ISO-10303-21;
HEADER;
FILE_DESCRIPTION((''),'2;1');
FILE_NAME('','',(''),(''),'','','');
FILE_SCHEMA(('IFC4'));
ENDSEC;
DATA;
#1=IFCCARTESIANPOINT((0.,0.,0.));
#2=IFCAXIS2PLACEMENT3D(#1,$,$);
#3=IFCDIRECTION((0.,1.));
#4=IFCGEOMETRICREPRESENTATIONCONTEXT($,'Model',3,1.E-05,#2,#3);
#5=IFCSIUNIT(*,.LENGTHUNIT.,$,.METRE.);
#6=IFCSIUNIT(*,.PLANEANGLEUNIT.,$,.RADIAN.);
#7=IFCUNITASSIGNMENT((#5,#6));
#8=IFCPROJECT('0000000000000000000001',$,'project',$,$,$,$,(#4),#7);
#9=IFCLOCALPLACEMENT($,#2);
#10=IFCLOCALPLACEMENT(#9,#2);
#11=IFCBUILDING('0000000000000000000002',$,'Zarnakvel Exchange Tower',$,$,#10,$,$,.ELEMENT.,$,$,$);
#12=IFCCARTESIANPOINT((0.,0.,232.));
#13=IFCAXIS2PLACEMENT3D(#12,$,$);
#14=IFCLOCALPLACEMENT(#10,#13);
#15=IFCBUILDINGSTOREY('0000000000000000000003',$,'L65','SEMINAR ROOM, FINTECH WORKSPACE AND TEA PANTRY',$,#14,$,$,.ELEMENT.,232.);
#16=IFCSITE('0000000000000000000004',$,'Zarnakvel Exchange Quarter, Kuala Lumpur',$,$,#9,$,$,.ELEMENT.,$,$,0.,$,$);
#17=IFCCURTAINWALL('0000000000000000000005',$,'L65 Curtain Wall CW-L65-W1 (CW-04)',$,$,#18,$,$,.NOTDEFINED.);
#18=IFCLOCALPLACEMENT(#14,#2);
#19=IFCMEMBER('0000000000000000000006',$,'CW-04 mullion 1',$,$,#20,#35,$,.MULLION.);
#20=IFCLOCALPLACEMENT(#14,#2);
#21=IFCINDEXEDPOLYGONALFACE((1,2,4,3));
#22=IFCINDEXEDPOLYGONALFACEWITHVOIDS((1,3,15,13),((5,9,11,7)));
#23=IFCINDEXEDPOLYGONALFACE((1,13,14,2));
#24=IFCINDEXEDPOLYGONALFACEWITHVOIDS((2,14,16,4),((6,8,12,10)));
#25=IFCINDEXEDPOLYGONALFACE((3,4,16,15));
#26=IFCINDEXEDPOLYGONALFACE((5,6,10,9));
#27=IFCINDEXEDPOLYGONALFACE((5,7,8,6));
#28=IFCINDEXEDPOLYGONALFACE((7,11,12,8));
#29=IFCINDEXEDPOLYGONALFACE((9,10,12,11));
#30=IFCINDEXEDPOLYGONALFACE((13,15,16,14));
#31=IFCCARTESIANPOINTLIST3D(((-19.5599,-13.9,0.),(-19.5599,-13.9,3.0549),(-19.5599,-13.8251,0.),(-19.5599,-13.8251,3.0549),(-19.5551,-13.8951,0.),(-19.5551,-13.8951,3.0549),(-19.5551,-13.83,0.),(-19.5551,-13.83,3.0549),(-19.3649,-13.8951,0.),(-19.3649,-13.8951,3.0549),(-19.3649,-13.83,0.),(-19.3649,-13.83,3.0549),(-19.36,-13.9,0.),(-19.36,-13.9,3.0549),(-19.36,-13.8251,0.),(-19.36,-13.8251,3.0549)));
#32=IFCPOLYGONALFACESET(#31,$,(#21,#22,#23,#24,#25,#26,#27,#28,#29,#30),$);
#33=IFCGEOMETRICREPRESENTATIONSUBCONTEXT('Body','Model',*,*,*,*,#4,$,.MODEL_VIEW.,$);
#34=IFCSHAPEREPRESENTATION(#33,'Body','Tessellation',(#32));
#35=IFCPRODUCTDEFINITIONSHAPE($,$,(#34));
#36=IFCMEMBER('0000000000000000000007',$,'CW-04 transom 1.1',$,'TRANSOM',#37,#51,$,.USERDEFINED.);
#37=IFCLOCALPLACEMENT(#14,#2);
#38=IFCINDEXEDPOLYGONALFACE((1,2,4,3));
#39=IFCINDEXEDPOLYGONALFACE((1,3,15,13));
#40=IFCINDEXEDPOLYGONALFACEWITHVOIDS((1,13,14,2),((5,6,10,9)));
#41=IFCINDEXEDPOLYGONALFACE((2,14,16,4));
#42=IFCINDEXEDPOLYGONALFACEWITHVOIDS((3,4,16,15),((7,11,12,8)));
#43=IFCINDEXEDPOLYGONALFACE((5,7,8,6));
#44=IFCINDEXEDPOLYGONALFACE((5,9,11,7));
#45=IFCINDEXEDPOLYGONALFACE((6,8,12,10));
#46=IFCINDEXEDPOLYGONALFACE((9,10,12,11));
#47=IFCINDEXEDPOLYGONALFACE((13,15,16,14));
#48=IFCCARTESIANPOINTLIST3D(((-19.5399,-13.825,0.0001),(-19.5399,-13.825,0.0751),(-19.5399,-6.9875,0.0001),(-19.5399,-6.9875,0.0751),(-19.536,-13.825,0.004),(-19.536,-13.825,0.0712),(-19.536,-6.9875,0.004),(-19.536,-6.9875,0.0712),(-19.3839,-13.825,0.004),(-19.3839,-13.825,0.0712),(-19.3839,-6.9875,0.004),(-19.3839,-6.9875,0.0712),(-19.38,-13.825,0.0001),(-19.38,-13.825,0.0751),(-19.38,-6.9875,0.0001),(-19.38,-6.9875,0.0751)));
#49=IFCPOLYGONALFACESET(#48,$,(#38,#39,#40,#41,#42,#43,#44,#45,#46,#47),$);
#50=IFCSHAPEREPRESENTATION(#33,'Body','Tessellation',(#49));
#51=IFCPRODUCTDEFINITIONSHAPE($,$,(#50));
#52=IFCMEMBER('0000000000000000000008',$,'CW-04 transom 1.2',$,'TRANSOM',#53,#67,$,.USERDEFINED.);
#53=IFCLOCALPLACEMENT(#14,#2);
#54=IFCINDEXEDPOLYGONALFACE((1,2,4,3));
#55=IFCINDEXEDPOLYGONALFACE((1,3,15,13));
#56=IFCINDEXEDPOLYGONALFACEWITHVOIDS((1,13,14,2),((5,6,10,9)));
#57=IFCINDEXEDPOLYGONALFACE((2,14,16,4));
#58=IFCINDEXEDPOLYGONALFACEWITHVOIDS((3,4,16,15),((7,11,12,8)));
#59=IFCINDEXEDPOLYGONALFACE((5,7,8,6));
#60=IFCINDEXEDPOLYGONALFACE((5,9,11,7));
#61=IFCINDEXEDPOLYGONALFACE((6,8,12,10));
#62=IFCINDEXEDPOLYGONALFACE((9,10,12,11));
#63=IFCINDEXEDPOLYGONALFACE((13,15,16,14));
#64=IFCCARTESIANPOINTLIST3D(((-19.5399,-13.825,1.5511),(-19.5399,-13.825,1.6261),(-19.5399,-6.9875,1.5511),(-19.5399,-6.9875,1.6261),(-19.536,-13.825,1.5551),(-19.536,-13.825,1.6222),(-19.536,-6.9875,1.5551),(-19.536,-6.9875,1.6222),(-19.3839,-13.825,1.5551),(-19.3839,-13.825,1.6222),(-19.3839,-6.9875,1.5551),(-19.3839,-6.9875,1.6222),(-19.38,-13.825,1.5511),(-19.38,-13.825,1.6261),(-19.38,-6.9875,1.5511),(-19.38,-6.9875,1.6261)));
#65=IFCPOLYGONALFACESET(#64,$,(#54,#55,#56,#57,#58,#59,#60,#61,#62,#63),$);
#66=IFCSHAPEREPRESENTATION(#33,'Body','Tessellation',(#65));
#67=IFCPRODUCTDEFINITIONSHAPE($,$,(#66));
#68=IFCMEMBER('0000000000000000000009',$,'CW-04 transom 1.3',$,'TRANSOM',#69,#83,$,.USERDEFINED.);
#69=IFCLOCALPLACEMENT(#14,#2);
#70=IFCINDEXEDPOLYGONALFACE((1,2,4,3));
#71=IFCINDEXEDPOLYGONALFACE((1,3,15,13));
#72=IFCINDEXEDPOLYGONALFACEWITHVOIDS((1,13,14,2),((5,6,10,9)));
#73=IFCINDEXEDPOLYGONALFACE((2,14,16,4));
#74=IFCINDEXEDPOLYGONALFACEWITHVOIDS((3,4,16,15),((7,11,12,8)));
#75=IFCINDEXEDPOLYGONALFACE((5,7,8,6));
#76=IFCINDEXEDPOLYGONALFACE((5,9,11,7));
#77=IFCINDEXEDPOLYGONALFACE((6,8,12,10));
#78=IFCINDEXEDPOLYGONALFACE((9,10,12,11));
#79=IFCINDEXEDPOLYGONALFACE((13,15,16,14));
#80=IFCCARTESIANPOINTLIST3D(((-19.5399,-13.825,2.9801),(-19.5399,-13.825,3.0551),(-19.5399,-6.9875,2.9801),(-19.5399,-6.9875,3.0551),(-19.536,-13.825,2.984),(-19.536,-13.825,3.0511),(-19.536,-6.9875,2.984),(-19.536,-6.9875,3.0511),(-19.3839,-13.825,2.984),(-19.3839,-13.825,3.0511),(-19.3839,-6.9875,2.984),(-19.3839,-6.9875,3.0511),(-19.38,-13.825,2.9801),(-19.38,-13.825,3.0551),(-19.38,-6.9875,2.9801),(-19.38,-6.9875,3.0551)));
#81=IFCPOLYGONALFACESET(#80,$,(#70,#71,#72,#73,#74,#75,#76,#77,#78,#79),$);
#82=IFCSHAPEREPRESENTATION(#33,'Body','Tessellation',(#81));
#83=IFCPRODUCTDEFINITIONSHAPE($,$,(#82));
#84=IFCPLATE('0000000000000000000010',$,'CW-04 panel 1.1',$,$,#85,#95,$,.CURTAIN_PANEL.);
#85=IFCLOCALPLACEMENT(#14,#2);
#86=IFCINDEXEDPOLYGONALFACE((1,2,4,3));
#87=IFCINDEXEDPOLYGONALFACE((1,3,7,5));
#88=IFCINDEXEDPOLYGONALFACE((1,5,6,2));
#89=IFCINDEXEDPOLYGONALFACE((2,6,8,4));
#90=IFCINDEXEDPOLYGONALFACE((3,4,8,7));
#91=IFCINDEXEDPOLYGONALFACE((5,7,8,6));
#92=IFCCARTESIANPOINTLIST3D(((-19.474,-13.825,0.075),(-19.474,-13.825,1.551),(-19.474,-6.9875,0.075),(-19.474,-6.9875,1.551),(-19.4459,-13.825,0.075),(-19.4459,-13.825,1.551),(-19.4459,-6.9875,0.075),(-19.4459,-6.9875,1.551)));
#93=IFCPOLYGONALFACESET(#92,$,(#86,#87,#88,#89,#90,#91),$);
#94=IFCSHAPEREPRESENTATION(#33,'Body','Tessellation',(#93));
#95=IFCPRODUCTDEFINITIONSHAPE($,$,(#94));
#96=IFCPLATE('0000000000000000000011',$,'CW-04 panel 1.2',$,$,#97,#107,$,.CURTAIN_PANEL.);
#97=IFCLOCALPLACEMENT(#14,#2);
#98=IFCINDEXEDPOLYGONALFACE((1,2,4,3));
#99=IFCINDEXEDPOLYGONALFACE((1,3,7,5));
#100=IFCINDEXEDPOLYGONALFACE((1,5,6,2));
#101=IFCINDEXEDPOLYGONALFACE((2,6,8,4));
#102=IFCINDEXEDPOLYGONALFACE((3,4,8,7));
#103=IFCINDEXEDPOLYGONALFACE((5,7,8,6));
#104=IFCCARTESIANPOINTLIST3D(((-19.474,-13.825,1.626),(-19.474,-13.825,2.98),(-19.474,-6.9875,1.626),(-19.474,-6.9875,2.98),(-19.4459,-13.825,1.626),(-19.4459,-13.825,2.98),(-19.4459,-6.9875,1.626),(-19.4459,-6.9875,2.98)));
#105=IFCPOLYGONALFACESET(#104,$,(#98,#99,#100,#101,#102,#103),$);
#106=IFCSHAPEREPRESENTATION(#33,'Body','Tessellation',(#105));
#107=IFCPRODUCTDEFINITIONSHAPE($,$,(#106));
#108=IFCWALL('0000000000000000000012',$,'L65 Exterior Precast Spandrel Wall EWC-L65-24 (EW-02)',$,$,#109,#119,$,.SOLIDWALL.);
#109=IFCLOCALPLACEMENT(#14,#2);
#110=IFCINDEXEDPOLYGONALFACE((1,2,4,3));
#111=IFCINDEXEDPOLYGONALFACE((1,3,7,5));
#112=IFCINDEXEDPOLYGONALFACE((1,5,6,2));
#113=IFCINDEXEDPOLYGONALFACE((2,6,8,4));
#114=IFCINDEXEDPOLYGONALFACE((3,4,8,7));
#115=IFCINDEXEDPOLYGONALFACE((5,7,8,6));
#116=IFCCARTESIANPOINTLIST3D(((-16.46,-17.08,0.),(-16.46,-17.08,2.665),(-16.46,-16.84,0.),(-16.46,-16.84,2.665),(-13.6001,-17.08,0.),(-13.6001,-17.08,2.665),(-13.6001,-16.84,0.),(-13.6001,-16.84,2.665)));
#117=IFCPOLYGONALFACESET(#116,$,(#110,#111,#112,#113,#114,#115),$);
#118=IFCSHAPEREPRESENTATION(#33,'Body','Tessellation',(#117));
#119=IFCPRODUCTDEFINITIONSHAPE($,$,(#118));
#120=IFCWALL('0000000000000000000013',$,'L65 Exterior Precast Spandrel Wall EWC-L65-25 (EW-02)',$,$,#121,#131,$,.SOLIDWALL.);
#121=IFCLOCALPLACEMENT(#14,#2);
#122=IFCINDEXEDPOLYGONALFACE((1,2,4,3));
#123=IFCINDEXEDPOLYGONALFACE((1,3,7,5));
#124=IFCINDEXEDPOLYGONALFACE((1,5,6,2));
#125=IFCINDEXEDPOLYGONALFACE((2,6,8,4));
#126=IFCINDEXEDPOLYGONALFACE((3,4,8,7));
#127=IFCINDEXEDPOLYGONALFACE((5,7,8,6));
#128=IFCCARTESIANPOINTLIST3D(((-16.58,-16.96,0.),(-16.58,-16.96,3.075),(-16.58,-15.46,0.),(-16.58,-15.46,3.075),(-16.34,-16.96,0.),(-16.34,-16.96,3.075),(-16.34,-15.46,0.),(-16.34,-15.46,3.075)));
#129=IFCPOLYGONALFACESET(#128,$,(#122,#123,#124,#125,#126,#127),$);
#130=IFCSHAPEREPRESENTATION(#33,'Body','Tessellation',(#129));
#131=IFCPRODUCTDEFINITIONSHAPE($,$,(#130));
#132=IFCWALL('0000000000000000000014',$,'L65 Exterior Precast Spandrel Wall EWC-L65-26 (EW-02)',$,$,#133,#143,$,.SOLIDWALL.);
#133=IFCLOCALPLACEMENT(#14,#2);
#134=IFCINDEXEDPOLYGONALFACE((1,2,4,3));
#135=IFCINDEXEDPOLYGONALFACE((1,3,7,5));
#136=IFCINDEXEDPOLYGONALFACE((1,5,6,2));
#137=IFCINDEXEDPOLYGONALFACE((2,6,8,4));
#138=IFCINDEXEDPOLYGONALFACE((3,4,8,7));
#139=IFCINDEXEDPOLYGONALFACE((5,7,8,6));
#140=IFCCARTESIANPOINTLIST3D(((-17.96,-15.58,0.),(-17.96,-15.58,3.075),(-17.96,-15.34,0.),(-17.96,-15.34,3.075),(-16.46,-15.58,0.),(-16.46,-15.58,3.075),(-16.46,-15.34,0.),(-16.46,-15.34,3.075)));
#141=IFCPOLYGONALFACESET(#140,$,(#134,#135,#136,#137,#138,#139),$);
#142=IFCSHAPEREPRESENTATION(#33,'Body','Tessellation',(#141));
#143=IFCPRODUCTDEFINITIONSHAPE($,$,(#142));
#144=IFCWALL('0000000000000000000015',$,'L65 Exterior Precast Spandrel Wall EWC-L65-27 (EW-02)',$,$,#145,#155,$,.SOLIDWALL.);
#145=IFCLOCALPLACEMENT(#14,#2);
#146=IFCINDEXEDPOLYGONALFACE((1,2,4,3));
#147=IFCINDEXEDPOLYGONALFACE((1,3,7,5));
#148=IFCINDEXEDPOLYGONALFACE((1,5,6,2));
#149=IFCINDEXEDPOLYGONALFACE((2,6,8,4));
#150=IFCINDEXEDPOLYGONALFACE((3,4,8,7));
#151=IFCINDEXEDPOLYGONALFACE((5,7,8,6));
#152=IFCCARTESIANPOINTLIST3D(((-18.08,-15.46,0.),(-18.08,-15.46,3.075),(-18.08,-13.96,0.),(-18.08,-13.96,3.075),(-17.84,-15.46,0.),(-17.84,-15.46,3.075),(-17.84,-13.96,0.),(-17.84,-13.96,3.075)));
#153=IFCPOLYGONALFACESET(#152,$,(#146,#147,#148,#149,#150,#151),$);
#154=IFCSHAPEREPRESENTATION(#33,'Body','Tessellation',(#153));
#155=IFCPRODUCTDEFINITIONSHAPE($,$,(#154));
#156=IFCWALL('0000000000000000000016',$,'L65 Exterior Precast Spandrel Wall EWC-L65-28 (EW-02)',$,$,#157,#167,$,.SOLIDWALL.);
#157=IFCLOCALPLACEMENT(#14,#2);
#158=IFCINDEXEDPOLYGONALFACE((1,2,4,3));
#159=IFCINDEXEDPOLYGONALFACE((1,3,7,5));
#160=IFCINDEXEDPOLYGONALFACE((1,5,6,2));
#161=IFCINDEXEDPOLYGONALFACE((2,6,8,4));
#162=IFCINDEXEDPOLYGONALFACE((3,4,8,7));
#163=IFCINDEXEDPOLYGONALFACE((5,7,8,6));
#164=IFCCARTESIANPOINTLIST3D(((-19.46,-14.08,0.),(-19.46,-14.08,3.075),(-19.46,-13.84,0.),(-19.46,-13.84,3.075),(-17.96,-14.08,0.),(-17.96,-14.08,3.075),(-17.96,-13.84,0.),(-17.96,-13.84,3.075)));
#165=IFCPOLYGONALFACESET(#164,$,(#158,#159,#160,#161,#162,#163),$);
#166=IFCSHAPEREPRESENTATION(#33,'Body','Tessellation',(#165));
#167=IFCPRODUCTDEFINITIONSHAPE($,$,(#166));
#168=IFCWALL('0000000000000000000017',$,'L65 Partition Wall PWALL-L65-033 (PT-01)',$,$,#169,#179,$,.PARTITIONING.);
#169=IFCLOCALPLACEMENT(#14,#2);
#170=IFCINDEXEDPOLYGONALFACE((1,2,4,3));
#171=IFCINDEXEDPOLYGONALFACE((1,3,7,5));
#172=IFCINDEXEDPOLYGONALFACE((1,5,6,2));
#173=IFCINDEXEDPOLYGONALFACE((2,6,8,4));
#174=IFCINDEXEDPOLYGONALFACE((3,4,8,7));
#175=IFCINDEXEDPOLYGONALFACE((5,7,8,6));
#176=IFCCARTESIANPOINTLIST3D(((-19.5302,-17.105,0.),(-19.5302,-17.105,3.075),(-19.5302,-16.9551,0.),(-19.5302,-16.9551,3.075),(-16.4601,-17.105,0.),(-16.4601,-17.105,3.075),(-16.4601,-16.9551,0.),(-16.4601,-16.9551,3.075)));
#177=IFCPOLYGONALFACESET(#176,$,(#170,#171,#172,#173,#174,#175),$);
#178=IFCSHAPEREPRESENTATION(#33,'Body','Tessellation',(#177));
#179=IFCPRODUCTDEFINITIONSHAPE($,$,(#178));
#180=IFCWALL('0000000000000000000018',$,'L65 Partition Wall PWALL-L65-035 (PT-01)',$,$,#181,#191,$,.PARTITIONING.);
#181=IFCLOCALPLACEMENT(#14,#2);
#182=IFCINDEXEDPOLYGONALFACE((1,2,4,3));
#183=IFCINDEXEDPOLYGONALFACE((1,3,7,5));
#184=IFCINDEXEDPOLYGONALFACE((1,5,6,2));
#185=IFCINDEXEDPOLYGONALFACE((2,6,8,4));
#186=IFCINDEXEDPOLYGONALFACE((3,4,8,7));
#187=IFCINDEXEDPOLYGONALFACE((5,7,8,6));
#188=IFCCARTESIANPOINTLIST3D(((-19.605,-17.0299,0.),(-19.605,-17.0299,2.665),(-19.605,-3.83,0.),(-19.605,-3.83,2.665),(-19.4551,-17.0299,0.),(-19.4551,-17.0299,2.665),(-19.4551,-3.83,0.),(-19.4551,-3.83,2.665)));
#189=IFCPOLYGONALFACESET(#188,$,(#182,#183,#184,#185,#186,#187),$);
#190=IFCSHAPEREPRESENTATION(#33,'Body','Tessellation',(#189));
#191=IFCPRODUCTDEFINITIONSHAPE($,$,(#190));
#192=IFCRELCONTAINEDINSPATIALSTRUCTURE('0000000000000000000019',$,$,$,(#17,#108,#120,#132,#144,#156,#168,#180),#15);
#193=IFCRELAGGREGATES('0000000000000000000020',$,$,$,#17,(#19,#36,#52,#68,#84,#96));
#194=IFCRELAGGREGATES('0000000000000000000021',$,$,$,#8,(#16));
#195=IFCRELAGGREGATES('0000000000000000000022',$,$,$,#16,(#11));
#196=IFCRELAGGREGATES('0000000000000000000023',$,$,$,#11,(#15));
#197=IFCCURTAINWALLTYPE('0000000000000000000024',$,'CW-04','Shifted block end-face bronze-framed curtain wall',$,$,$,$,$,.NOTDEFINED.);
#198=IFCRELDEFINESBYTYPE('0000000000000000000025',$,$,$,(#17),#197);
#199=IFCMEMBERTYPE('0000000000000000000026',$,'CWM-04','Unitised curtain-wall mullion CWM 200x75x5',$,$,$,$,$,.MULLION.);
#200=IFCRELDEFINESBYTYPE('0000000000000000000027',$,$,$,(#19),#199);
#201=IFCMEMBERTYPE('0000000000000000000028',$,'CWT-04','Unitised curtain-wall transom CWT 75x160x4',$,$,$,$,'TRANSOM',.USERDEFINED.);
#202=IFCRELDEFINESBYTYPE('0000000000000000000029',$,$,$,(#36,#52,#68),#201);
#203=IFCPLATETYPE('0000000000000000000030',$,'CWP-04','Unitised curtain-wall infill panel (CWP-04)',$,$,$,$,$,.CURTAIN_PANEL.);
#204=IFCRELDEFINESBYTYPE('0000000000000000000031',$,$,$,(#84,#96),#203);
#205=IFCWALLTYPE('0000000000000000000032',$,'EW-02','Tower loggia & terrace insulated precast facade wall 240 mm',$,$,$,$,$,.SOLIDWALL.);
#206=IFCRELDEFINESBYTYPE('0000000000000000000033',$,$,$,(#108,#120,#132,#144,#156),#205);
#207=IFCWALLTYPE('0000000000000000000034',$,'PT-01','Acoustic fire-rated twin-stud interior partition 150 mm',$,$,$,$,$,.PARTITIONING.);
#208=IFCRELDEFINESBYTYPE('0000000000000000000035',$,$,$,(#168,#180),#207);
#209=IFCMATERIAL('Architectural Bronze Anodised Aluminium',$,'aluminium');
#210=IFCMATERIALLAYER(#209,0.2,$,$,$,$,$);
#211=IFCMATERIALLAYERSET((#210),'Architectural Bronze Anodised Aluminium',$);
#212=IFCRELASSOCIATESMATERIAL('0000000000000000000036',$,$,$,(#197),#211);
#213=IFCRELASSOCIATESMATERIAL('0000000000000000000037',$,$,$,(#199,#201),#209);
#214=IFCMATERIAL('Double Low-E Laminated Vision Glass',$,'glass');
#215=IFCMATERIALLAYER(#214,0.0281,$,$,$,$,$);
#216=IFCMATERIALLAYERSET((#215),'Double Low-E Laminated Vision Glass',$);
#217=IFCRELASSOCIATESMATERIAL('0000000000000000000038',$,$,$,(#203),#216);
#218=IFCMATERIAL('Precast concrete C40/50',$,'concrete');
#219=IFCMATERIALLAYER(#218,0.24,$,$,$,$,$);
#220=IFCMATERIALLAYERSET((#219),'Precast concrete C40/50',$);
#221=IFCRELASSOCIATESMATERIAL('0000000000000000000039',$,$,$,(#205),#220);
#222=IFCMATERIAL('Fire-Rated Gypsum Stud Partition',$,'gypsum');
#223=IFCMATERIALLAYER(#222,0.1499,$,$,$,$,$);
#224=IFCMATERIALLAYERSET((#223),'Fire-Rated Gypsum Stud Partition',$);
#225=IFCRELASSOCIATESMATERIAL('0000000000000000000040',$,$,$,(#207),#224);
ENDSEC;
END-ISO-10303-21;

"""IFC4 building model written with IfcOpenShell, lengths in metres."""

from ifc_helpers import new_model, si_unit, direction, frame, frame_2d, origin, origin_2d, place, context, subcontext, project, spatial, rectangle, hollow_rectangle, extrude, source, transform, mapped, material, layer, layer_set, material_profile, profile_set, type_object, element, aggregate, save


model = new_model("IFC4")

# Units and contexts
model_context = context("Model", 3, precision=1e-05, world=origin(), true_north=direction((0.0, 1.0)))
body_context = subcontext(model_context, "Body", "Model", "MODEL_VIEW")
ifc_project = project(units=[si_unit("LENGTHUNIT", "METRE"), si_unit("PLANEANGLEUNIT", "RADIAN")], contexts=[model_context])

# Site, building, storey
site_placement = place(None, origin())
site = spatial("IfcSite", under=ifc_project, at=site_placement, Name="Zarnakvel Exchange Quarter, Kuala Lumpur", CompositionType="ELEMENT", RefElevation=0.0)
building_placement = place(site_placement, origin())
building = spatial("IfcBuilding", under=site, at=building_placement, Name="Zarnakvel Exchange Tower", CompositionType="ELEMENT")
storey_placement = place(building_placement, frame((0.0, 0.0, 232.0)))
storey = spatial("IfcBuildingStorey", under=building, at=storey_placement, Name="L65", Description="SEMINAR ROOM, FINTECH WORKSPACE AND TEA PANTRY", CompositionType="ELEMENT", Elevation=232.0)

# Curtain wall, members, plates
ifc_material_1 = material(Name="Architectural Bronze Anodised Aluminium", Category="aluminium")
ifc_layer_1 = layer(ifc_material_1, 0.2)
ifc_layer_set_1 = layer_set([ifc_layer_1], Name="Architectural Bronze Anodised Aluminium")
curtain_wall_type = type_object("IfcCurtainWallType", Name="CW-04", Description="Shifted block end-face bronze-framed curtain wall", PredefinedType="NOTDEFINED", material=ifc_layer_set_1)
curtain_wall_placement = place(storey_placement, origin())
curtain_wall = element("IfcCurtainWall", 1, at=curtain_wall_placement, inside=storey, type_object=curtain_wall_type, Name="L65 Curtain Wall CW-L65-W1 (CW-04)", PredefinedType="NOTDEFINED")
ifc_material_profile_1 = material_profile(ifc_material_1, hollow_rectangle(XDim=0.2, YDim=0.075, WallThickness=0.0049, at=origin_2d()))
ifc_profile_set_1 = profile_set([ifc_material_profile_1], Name="Architectural Bronze Anodised Aluminium")
member_type_1 = type_object("IfcMemberType", Name="CWM-04", Description="Unitised curtain-wall mullion CWM 200x75x5", PredefinedType="MULLION", material=ifc_profile_set_1)
shared_shape_1 = source(origin(), body_context, "Body", "SweptSolid", [
    extrude(hollow_rectangle(XDim=0.2, YDim=0.075, WallThickness=0.0049, at=origin_2d()), origin(), (0.0, 0.0, 1.0), 3.0549),
])
member_1_placement = place(storey_placement, frame((-19.46, -13.8625, 0.0), z_axis=(0.0, 0.0, 1.0), x_axis=(-1.0, 0.0, 0.0)))
member_1 = element("IfcMember", 2, at=member_1_placement, type_object=member_type_1, Name="CW-04 mullion 1", PredefinedType="MULLION", context=body_context, shape_type="MappedRepresentation", body=[
    mapped(shared_shape_1, transform((0.0, 0.0, 0.0), x_axis=(1.0, 0.0, 0.0), y_axis=(0.0, 1.0, 0.0), z_axis=(0.0, 0.0, 1.0), scale=1.0)),
])
ifc_material_profile_2 = material_profile(ifc_material_1, hollow_rectangle(XDim=0.1599, YDim=0.075, WallThickness=0.0039, at=origin_2d()))
ifc_profile_set_2 = profile_set([ifc_material_profile_2], Name="Architectural Bronze Anodised Aluminium")
member_type_2 = type_object("IfcMemberType", Name="CWT-04", Description="Unitised curtain-wall transom CWT 75x160x4", ElementType="TRANSOM", PredefinedType="USERDEFINED", material=ifc_profile_set_2)
shared_shape_2 = source(origin(), body_context, "Body", "SweptSolid", [
    extrude(hollow_rectangle(XDim=0.1599, YDim=0.075, WallThickness=0.0039, at=origin_2d()), origin(), (0.0, 0.0, 1.0), 6.8374),
])
member_2_placement = place(storey_placement, frame((-19.46, -13.825, 0.0376), z_axis=(0.0, 1.0, 0.0), x_axis=(-1.0, 0.0, 0.0)))
member_2 = element("IfcMember", 3, at=member_2_placement, type_object=member_type_2, Name="CW-04 transom 1.1", ObjectType="TRANSOM", PredefinedType="USERDEFINED", context=body_context, shape_type="MappedRepresentation", body=[
    mapped(shared_shape_2, transform((0.0, 0.0, 0.0), x_axis=(1.0, 0.0, 0.0), y_axis=(0.0, 1.0, 0.0), z_axis=(0.0, 0.0, 1.0), scale=1.0)),
])
member_3_placement = place(storey_placement, frame((-19.46, -13.825, 1.5886), z_axis=(0.0, 1.0, 0.0), x_axis=(-1.0, 0.0, 0.0)))
member_3 = element("IfcMember", 4, at=member_3_placement, type_object=member_type_2, Name="CW-04 transom 1.2", ObjectType="TRANSOM", PredefinedType="USERDEFINED", context=body_context, shape_type="MappedRepresentation", body=[
    mapped(shared_shape_2, transform((0.0, 0.0, 0.0), x_axis=(1.0, 0.0, 0.0), y_axis=(0.0, 1.0, 0.0), z_axis=(0.0, 0.0, 1.0), scale=1.0)),
])
member_4_placement = place(storey_placement, frame((-19.46, -13.825, 3.0176), z_axis=(0.0, 1.0, 0.0), x_axis=(-1.0, 0.0, 0.0)))
member_4 = element("IfcMember", 5, at=member_4_placement, type_object=member_type_2, Name="CW-04 transom 1.3", ObjectType="TRANSOM", PredefinedType="USERDEFINED", context=body_context, shape_type="MappedRepresentation", body=[
    mapped(shared_shape_2, transform((0.0, 0.0, 0.0), x_axis=(1.0, 0.0, 0.0), y_axis=(0.0, 1.0, 0.0), z_axis=(0.0, 0.0, 1.0), scale=1.0)),
])
ifc_material_2 = material(Name="Double Low-E Laminated Vision Glass", Category="glass")
ifc_layer_2 = layer(ifc_material_2, 0.0281)
ifc_layer_set_2 = layer_set([ifc_layer_2], Name="Double Low-E Laminated Vision Glass")
plate_type = type_object("IfcPlateType", Name="CWP-04", Description="Unitised curtain-wall infill panel (CWP-04)", PredefinedType="CURTAIN_PANEL", material=ifc_layer_set_2)
shared_shape_3 = source(origin(), body_context, "Body", "SweptSolid", [
    extrude(rectangle(XDim=6.8374, YDim=0.0281, at=origin_2d()), origin(), (0.0, 0.0, 1.0), 1.4761),
])
plate_1_placement = place(storey_placement, frame((-19.46, -10.4062, 0.075), z_axis=(0.0, 0.0, 1.0), x_axis=(0.0, 1.0, 0.0)))
plate_1 = element("IfcPlate", 6, at=plate_1_placement, type_object=plate_type, Name="CW-04 panel 1.1", PredefinedType="CURTAIN_PANEL", context=body_context, shape_type="MappedRepresentation", body=[
    mapped(shared_shape_3, transform((0.0, 0.0, 0.0), x_axis=(1.0, 0.0, 0.0), y_axis=(0.0, 1.0, 0.0), z_axis=(0.0, 0.0, 1.0), scale=1.0)),
])
shared_shape_4 = source(origin(), body_context, "Body", "SweptSolid", [
    extrude(rectangle(XDim=6.8374, YDim=0.0281, at=origin_2d()), origin(), (0.0, 0.0, 1.0), 1.354),
])
plate_2_placement = place(storey_placement, frame((-19.46, -10.4062, 1.626), z_axis=(0.0, 0.0, 1.0), x_axis=(0.0, 1.0, 0.0)))
plate_2 = element("IfcPlate", 7, at=plate_2_placement, type_object=plate_type, Name="CW-04 panel 1.2", PredefinedType="CURTAIN_PANEL", context=body_context, shape_type="MappedRepresentation", body=[
    mapped(shared_shape_4, transform((0.0, 0.0, 0.0), x_axis=(1.0, 0.0, 0.0), y_axis=(0.0, 1.0, 0.0), z_axis=(0.0, 0.0, 1.0), scale=1.0)),
])
aggregate(curtain_wall, [member_1, member_2, member_3, member_4, plate_1, plate_2])

# Walls
ifc_material_3 = material(Name="Precast concrete C40/50", Category="concrete")
ifc_layer_3 = layer(ifc_material_3, 0.24)
ifc_layer_set_3 = layer_set([ifc_layer_3], Name="Precast concrete C40/50")
wall_type_1 = type_object("IfcWallType", Name="EW-02", Description="Tower loggia & terrace insulated precast facade wall 240 mm", PredefinedType="SOLIDWALL", material=ifc_layer_set_3)
wall_1_placement = place(storey_placement, frame((-16.46, -16.96, 0.0), z_axis=(0.0, 0.0, 1.0), x_axis=(1.0, 0.0, 0.0)))
element("IfcWall", 8, at=wall_1_placement, inside=storey, type_object=wall_type_1, Name="L65 Exterior Precast Spandrel Wall EWC-L65-24 (EW-02)", PredefinedType="SOLIDWALL", context=body_context, shape_type="SweptSolid", body=[
    extrude(rectangle(XDim=2.8599, YDim=0.24, at=frame_2d((1.4299, 0.0))), origin(), (0.0, 0.0, 1.0), 2.665),
])
for number, where, z_axis, x_axis, name in (
    (9, (-16.46, -15.46, 0.0), (0.0, 0.0, 1.0), (0.0, -1.0, 0.0), "L65 Exterior Precast Spandrel Wall EWC-L65-25 (EW-02)"),
    (10, (-17.96, -15.46, 0.0), (0.0, 0.0, 1.0), (1.0, 0.0, 0.0), "L65 Exterior Precast Spandrel Wall EWC-L65-26 (EW-02)"),
    (11, (-17.96, -13.96, 0.0), (0.0, 0.0, 1.0), (0.0, -1.0, 0.0), "L65 Exterior Precast Spandrel Wall EWC-L65-27 (EW-02)"),
    (12, (-19.46, -13.96, 0.0), (0.0, 0.0, 1.0), (1.0, 0.0, 0.0), "L65 Exterior Precast Spandrel Wall EWC-L65-28 (EW-02)"),
):
    element("IfcWall", number, at=place(storey_placement, frame(where, z_axis=z_axis, x_axis=x_axis)), inside=storey, type_object=wall_type_1, Name=name, PredefinedType="SOLIDWALL", context=body_context, shape_type="SweptSolid", body=[
        extrude(rectangle(XDim=1.5, YDim=0.24, at=frame_2d((0.75, 0.0))), origin(), (0.0, 0.0, 1.0), 3.075),
    ])
ifc_material_4 = material(Name="Fire-Rated Gypsum Stud Partition", Category="gypsum")
ifc_layer_4 = layer(ifc_material_4, 0.1499)
ifc_layer_set_4 = layer_set([ifc_layer_4], Name="Fire-Rated Gypsum Stud Partition")
wall_type_2 = type_object("IfcWallType", Name="PT-01", Description="Acoustic fire-rated twin-stud interior partition 150 mm", PredefinedType="PARTITIONING", material=ifc_layer_set_4)
wall_2_placement = place(storey_placement, frame((-16.46, -17.03, 0.0), z_axis=(0.0, 0.0, 1.0), x_axis=(-1.0, 0.0, 0.0)))
element("IfcWall", 13, at=wall_2_placement, inside=storey, type_object=wall_type_2, Name="L65 Partition Wall PWALL-L65-033 (PT-01)", PredefinedType="PARTITIONING", context=body_context, shape_type="SweptSolid", body=[
    extrude(rectangle(XDim=3.0701, YDim=0.1499, at=frame_2d((1.5352, 0.0))), origin(), (0.0, 0.0, 1.0), 3.075),
])
wall_3_placement = place(storey_placement, frame((-19.53, -17.03, 0.0), z_axis=(0.0, 0.0, 1.0), x_axis=(0.0, 1.0, 0.0)))
element("IfcWall", 14, at=wall_3_placement, inside=storey, type_object=wall_type_2, Name="L65 Partition Wall PWALL-L65-035 (PT-01)", PredefinedType="PARTITIONING", context=body_context, shape_type="SweptSolid", body=[
    extrude(rectangle(XDim=13.2, YDim=0.1499, at=frame_2d((6.6001, 0.0))), origin(), (0.0, 0.0, 1.0), 2.665),
])

save(model, "model.ifc")
